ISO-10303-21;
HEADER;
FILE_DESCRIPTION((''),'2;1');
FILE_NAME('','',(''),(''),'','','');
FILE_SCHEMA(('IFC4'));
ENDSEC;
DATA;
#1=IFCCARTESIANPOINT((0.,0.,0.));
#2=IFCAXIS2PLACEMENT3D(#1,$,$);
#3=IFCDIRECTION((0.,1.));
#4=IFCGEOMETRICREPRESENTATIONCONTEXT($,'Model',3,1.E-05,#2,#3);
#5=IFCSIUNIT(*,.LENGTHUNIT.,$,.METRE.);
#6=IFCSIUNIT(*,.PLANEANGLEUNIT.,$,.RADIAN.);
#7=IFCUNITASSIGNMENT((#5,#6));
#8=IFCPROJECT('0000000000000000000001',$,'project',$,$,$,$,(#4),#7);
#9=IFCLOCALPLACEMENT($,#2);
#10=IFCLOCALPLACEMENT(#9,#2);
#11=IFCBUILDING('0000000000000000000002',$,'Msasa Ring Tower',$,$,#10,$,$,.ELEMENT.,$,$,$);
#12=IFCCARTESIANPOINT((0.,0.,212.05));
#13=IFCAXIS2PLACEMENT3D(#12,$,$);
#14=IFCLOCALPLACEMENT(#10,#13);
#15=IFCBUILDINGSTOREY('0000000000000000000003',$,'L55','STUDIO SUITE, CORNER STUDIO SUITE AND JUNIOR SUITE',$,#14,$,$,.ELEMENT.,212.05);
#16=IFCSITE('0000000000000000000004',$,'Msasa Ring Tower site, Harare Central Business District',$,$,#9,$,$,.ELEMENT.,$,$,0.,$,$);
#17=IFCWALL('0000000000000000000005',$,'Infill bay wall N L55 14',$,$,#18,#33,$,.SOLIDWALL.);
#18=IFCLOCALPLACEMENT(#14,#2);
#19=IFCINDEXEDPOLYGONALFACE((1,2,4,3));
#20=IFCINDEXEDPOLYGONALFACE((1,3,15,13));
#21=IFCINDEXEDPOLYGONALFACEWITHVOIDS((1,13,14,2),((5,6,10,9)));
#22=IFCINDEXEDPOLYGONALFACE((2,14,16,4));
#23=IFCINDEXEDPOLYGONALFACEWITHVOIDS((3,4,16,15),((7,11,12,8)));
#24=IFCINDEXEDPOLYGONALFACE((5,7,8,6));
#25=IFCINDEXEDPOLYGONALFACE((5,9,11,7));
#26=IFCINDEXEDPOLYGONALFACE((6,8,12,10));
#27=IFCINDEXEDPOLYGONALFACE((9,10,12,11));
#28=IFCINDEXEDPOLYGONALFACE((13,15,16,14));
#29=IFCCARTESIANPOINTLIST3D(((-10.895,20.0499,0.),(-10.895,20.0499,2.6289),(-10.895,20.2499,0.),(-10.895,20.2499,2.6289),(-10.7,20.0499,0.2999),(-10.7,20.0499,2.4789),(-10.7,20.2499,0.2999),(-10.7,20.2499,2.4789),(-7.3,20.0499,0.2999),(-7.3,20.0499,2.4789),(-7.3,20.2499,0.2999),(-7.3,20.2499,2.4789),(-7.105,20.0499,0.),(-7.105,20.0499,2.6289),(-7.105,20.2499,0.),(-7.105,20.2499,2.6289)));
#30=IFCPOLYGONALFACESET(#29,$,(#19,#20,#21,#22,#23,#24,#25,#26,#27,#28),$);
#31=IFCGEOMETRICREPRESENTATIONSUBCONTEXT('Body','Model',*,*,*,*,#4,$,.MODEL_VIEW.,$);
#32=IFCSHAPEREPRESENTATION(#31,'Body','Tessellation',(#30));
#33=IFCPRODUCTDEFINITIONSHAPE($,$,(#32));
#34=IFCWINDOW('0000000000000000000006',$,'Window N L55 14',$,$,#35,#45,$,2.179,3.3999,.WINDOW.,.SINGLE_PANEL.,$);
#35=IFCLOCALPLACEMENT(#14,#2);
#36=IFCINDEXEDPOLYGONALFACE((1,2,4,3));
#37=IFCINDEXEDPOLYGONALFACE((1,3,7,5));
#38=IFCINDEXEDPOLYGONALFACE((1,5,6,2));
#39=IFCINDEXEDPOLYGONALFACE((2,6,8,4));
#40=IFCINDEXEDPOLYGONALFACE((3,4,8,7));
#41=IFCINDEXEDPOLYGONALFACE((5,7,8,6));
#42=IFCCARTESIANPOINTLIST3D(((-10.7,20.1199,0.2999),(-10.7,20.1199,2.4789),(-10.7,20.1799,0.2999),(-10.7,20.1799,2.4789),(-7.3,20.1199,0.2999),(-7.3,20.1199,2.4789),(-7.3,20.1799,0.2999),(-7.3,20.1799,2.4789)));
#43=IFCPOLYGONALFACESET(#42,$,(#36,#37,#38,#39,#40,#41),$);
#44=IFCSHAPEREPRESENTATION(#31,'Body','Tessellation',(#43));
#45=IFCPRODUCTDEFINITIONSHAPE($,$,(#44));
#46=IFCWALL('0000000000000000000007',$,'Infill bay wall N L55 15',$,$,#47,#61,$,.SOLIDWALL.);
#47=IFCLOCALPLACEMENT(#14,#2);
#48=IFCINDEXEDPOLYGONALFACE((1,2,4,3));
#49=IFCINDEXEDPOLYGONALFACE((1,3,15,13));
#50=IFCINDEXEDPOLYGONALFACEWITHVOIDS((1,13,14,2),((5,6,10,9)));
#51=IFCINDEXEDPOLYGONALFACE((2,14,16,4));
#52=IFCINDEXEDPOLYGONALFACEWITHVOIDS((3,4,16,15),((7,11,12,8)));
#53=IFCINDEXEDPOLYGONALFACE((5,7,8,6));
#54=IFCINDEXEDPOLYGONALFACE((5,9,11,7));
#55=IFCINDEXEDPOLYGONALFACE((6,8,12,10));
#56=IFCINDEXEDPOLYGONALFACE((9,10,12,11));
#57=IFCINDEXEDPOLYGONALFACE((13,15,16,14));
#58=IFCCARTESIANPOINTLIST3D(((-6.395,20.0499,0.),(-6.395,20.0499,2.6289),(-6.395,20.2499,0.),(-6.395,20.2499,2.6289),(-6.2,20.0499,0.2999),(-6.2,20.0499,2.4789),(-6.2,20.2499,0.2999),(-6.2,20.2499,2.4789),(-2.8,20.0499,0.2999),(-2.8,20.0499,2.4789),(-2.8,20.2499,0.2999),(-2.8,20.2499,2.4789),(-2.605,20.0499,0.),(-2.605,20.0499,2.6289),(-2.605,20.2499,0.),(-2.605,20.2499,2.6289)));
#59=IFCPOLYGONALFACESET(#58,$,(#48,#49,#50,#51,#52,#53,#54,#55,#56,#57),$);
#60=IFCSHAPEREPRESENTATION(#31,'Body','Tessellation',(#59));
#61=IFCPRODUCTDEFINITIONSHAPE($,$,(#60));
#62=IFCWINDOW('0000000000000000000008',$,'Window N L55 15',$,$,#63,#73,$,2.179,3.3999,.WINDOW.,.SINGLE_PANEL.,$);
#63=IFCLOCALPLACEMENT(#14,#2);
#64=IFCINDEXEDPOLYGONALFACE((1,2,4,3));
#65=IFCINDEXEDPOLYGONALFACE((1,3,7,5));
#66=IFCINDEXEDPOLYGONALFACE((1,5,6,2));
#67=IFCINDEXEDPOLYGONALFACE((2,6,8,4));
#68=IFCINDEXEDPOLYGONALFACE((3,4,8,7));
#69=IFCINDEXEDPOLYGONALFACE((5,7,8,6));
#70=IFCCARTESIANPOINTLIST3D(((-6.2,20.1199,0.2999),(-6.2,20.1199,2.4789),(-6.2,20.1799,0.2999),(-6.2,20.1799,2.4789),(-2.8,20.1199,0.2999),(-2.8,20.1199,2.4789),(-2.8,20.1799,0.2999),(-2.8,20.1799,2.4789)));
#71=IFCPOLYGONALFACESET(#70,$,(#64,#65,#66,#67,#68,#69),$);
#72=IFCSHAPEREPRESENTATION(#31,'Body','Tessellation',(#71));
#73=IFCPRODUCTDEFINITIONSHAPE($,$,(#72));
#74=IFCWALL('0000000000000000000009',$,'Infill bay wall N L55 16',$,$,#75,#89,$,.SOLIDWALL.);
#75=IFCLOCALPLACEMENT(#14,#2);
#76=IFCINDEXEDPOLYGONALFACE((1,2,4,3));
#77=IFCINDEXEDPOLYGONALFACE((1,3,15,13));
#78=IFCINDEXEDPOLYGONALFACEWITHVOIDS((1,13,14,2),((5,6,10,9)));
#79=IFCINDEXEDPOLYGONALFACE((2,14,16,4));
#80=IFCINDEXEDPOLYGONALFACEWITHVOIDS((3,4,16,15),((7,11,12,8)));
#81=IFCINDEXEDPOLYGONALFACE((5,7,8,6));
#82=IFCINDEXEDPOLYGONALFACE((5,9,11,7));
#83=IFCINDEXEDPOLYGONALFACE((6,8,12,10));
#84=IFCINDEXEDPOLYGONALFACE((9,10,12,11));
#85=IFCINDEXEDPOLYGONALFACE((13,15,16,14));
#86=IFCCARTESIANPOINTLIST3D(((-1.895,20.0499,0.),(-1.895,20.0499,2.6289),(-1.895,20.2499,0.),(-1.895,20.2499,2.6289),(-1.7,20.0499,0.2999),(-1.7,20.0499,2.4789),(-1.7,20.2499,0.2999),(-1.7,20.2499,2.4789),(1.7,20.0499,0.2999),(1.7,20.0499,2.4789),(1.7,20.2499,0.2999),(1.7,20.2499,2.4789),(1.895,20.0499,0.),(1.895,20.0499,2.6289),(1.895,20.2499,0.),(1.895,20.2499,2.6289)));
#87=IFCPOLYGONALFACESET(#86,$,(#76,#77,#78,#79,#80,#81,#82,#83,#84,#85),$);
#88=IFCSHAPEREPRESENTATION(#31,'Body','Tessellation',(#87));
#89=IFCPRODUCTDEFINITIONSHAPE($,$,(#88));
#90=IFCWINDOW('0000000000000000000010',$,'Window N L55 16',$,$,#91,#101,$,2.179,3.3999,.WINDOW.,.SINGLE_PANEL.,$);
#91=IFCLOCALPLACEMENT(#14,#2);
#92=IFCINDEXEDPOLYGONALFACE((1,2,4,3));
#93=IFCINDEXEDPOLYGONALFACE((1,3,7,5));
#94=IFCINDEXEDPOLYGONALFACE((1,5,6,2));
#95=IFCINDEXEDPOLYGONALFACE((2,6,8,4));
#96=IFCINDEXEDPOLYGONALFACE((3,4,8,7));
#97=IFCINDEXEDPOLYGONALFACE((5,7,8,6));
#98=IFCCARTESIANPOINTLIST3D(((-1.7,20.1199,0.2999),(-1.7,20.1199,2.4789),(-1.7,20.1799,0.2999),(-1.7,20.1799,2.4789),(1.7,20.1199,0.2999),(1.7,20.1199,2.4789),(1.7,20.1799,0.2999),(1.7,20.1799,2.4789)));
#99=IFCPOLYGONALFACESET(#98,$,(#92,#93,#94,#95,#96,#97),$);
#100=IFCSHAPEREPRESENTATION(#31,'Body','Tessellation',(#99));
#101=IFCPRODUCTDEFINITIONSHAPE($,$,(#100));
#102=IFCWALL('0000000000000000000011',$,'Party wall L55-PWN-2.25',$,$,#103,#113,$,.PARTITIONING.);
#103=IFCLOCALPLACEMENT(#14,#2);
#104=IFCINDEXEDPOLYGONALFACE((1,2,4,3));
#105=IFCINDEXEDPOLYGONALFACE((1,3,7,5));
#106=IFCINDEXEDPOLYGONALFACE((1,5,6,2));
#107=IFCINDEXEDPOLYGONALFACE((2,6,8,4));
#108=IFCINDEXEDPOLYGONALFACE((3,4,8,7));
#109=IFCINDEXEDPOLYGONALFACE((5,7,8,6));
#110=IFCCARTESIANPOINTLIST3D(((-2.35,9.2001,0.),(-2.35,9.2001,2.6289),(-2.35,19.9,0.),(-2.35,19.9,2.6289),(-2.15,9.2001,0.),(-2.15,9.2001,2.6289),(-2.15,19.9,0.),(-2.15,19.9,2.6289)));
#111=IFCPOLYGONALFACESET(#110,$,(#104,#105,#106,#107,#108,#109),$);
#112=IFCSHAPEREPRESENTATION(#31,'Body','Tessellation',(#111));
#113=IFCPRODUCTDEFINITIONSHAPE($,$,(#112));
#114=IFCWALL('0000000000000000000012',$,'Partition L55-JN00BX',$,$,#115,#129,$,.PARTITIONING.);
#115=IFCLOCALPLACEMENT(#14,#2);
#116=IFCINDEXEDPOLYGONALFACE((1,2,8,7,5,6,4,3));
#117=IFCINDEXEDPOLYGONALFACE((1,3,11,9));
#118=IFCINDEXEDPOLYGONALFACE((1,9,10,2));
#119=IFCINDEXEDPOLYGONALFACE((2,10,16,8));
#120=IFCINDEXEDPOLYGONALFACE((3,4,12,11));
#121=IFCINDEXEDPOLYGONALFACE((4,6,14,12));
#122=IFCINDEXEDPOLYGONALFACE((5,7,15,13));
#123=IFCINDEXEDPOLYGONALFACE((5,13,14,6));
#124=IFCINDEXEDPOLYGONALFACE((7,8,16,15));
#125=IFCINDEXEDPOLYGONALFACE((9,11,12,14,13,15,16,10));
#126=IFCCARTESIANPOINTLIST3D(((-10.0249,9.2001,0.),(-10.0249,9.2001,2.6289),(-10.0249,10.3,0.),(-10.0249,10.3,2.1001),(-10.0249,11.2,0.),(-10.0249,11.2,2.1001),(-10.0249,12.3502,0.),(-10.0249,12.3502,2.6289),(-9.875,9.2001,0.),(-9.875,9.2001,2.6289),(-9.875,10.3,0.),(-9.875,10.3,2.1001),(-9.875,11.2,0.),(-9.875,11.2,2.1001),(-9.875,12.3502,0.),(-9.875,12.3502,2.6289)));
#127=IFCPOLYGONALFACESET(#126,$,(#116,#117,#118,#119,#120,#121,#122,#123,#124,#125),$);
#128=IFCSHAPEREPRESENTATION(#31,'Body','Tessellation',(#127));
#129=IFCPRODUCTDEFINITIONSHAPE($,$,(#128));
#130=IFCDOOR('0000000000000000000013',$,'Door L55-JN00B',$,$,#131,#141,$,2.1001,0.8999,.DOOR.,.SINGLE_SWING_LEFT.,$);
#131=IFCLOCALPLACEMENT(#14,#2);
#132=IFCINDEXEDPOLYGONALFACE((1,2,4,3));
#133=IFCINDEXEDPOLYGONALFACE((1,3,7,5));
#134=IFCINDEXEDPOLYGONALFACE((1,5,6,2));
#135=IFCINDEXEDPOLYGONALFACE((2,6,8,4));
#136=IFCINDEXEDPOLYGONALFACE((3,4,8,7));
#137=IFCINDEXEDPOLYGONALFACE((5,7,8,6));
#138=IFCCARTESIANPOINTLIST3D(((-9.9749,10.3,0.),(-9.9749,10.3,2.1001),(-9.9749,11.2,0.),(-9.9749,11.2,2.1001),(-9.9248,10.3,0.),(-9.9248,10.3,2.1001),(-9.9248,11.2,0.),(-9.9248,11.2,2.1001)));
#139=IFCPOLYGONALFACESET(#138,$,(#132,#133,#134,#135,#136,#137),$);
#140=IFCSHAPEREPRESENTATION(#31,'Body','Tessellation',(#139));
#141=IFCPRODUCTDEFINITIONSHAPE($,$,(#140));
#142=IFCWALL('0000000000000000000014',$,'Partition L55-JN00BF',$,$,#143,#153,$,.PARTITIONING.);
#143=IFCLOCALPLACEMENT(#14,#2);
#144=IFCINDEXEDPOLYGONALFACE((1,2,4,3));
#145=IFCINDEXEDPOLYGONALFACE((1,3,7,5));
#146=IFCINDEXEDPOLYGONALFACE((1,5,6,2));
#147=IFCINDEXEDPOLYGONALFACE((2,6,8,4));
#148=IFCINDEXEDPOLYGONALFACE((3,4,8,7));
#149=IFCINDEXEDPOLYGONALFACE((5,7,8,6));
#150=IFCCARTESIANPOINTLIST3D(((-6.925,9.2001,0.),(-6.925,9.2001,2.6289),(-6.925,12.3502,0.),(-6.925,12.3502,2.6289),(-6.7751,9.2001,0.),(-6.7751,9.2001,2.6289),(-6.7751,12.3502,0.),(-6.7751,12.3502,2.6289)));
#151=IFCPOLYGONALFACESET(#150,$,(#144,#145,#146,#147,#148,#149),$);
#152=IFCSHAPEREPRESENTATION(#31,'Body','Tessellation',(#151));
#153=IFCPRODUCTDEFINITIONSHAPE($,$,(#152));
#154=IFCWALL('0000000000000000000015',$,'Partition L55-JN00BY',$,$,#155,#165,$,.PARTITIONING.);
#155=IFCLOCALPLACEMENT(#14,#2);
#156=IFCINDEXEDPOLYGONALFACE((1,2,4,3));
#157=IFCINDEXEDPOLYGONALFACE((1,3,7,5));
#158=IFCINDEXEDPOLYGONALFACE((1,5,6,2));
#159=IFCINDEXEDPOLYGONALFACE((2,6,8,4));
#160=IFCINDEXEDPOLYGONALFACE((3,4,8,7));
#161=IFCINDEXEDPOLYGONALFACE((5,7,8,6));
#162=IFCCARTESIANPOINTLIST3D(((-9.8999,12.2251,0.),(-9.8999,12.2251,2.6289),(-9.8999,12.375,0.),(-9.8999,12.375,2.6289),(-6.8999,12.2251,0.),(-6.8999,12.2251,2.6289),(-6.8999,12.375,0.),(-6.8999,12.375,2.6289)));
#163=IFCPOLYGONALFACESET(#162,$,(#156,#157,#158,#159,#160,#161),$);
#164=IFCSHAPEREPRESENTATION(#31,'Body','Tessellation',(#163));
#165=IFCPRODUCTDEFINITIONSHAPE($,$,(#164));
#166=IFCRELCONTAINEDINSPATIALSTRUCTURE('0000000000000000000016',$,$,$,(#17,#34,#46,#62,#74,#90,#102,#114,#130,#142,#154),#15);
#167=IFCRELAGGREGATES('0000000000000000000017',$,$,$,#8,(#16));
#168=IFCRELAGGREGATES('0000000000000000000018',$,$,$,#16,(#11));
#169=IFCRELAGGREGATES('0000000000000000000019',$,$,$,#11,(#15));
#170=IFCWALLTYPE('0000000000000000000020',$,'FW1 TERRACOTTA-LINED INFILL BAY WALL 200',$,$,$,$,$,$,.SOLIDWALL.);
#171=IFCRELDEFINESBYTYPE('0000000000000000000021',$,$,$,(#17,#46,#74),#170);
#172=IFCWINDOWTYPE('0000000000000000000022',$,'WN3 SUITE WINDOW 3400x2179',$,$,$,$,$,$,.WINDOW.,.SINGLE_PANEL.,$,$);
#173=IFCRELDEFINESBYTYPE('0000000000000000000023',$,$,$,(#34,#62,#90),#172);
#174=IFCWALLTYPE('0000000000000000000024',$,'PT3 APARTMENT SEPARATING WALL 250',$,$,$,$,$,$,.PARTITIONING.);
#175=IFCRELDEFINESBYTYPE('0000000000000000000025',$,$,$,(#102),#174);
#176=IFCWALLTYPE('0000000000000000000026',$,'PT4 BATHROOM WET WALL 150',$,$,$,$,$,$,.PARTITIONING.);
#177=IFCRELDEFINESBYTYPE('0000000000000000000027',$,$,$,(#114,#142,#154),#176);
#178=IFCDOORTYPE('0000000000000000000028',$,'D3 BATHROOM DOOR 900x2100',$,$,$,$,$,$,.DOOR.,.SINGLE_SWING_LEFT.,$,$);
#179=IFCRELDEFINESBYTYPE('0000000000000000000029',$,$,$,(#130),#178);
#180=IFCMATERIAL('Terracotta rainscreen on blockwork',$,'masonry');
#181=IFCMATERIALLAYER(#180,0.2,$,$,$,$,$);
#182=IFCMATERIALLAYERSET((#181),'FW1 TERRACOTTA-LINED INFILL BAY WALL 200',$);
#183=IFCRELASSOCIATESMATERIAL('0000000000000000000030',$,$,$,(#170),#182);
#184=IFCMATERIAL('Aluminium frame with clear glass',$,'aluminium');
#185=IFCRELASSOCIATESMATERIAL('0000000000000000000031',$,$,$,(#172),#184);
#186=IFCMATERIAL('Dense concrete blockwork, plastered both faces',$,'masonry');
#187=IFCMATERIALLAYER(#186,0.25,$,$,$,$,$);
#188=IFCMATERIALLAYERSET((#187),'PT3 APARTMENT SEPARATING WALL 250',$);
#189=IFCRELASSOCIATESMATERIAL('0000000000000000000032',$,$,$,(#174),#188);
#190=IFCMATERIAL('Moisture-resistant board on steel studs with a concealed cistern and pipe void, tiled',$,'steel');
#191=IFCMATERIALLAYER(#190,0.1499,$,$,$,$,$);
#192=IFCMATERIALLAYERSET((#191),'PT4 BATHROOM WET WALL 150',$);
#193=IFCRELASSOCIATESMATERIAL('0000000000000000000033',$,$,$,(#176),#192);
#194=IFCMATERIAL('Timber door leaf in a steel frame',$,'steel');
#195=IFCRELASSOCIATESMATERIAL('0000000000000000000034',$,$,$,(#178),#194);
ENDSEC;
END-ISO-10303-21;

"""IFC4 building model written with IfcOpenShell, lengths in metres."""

from ifc_helpers import new_model, si_unit, direction, frame, frame_2d, origin, place, context, subcontext, project, spatial, rectangle, extrude, material, layer, layer_set, type_object, element, fill, save


model = new_model("IFC4")

# Units and contexts
model_context = context("Model", 3, precision=1e-05, world=origin(), true_north=direction((0.0, 1.0)))
body_context = subcontext(model_context, "Body", "Model", "MODEL_VIEW")
ifc_project = project(units=[si_unit("LENGTHUNIT", "METRE"), si_unit("PLANEANGLEUNIT", "RADIAN")], contexts=[model_context])

# Site, building, storey
site_placement = place(None, origin())
site = spatial("IfcSite", under=ifc_project, at=site_placement, Name="Msasa Ring Tower site, Harare Central Business District", CompositionType="ELEMENT", RefElevation=0.0)
building_placement = place(site_placement, origin())
building = spatial("IfcBuilding", under=site, at=building_placement, Name="Msasa Ring Tower", CompositionType="ELEMENT")
storey_placement = place(building_placement, frame((0.0, 0.0, 212.05)))
storey = spatial("IfcBuildingStorey", under=building, at=storey_placement, Name="L55", Description="STUDIO SUITE, CORNER STUDIO SUITE AND JUNIOR SUITE", CompositionType="ELEMENT", Elevation=212.05)

# Walls, openings, windows
ifc_material_1 = material(Name="Terracotta rainscreen on blockwork", Category="masonry")
ifc_layer_1 = layer(ifc_material_1, 0.2)
ifc_layer_set_1 = layer_set([ifc_layer_1], Name="FW1 TERRACOTTA-LINED INFILL BAY WALL 200")
wall_type_1 = type_object("IfcWallType", Name="FW1 TERRACOTTA-LINED INFILL BAY WALL 200", PredefinedType="SOLIDWALL", material=ifc_layer_set_1)
wall_1_placement = place(storey_placement, frame((-10.895, 20.1499, 0.0), z_axis=(0.0, 0.0, 1.0), x_axis=(1.0, 0.0, 0.0)))
wall_1 = element("IfcWall", 1, at=wall_1_placement, inside=storey, type_object=wall_type_1, Name="Infill bay wall N L55 14", PredefinedType="SOLIDWALL", context=body_context, shape_type="SweptSolid", body=[
    extrude(rectangle(XDim=3.79, YDim=0.2, at=frame_2d((1.895, 0.0))), origin(), (0.0, 0.0, 1.0), 2.6289),
])
opening_1_placement = place(wall_1_placement, frame((0.1951, 0.0, 0.3)))
opening_1 = element("IfcOpeningElement", 2, at=opening_1_placement, cuts=wall_1, PredefinedType="OPENING", context=body_context, shape_type="SweptSolid", body=[
    extrude(rectangle(XDim=3.3999, YDim=2.179, at=frame_2d((1.7, 1.0894))), frame((0.0, 0.1099, 0.0), z_axis=(0.0, -1.0, 0.0), x_axis=(1.0, 0.0, 0.0)), (0.0, 0.0, 1.0), 0.22),
])
ifc_material_2 = material(Name="Aluminium frame with clear glass", Category="aluminium")
window_type = type_object("IfcWindowType", Name="WN3 SUITE WINDOW 3400x2179", PartitioningType="SINGLE_PANEL", PredefinedType="WINDOW", material=ifc_material_2)
window_1_placement = place(opening_1_placement, origin())
window_1 = element("IfcWindow", 3, at=window_1_placement, inside=storey, type_object=window_type, Name="Window N L55 14", OverallHeight=2.179, OverallWidth=3.3999, PartitioningType="SINGLE_PANEL", PredefinedType="WINDOW", context=body_context, shape_type="SweptSolid", body=[
    extrude(rectangle(XDim=3.3999, YDim=2.179, at=frame_2d((1.7, 1.0894))), frame((0.0, 0.03, 0.0), z_axis=(0.0, -1.0, 0.0), x_axis=(1.0, 0.0, 0.0)), (0.0, 0.0, 1.0), 0.0601),
])
fill(opening_1, window_1)
wall_2_placement = place(storey_placement, frame((-6.395, 20.1499, 0.0), z_axis=(0.0, 0.0, 1.0), x_axis=(1.0, 0.0, 0.0)))
wall_2 = element("IfcWall", 4, at=wall_2_placement, inside=storey, type_object=wall_type_1, Name="Infill bay wall N L55 15", PredefinedType="SOLIDWALL", context=body_context, shape_type="SweptSolid", body=[
    extrude(rectangle(XDim=3.79, YDim=0.2, at=frame_2d((1.895, 0.0))), origin(), (0.0, 0.0, 1.0), 2.6289),
])
opening_2_placement = place(wall_2_placement, frame((0.1951, 0.0, 0.3)))
opening_2 = element("IfcOpeningElement", 5, at=opening_2_placement, cuts=wall_2, PredefinedType="OPENING", context=body_context, shape_type="SweptSolid", body=[
    extrude(rectangle(XDim=3.3999, YDim=2.179, at=frame_2d((1.7, 1.0894))), frame((0.0, 0.1099, 0.0), z_axis=(0.0, -1.0, 0.0), x_axis=(1.0, 0.0, 0.0)), (0.0, 0.0, 1.0), 0.22),
])
window_2_placement = place(opening_2_placement, origin())
window_2 = element("IfcWindow", 6, at=window_2_placement, inside=storey, type_object=window_type, Name="Window N L55 15", OverallHeight=2.179, OverallWidth=3.3999, PartitioningType="SINGLE_PANEL", PredefinedType="WINDOW", context=body_context, shape_type="SweptSolid", body=[
    extrude(rectangle(XDim=3.3999, YDim=2.179, at=frame_2d((1.7, 1.0894))), frame((0.0, 0.03, 0.0), z_axis=(0.0, -1.0, 0.0), x_axis=(1.0, 0.0, 0.0)), (0.0, 0.0, 1.0), 0.0601),
])
fill(opening_2, window_2)
wall_3_placement = place(storey_placement, frame((-1.895, 20.1499, 0.0), z_axis=(0.0, 0.0, 1.0), x_axis=(1.0, 0.0, 0.0)))
wall_3 = element("IfcWall", 7, at=wall_3_placement, inside=storey, type_object=wall_type_1, Name="Infill bay wall N L55 16", PredefinedType="SOLIDWALL", context=body_context, shape_type="SweptSolid", body=[
    extrude(rectangle(XDim=3.79, YDim=0.2, at=frame_2d((1.895, 0.0))), origin(), (0.0, 0.0, 1.0), 2.6289),
])
opening_3_placement = place(wall_3_placement, frame((0.1951, 0.0, 0.3)))
opening_3 = element("IfcOpeningElement", 8, at=opening_3_placement, cuts=wall_3, PredefinedType="OPENING", context=body_context, shape_type="SweptSolid", body=[
    extrude(rectangle(XDim=3.3999, YDim=2.179, at=frame_2d((1.7, 1.0894))), frame((0.0, 0.1099, 0.0), z_axis=(0.0, -1.0, 0.0), x_axis=(1.0, 0.0, 0.0)), (0.0, 0.0, 1.0), 0.22),
])
window_3_placement = place(opening_3_placement, origin())
window_3 = element("IfcWindow", 9, at=window_3_placement, inside=storey, type_object=window_type, Name="Window N L55 16", OverallHeight=2.179, OverallWidth=3.3999, PartitioningType="SINGLE_PANEL", PredefinedType="WINDOW", context=body_context, shape_type="SweptSolid", body=[
    extrude(rectangle(XDim=3.3999, YDim=2.179, at=frame_2d((1.7, 1.0894))), frame((0.0, 0.03, 0.0), z_axis=(0.0, -1.0, 0.0), x_axis=(1.0, 0.0, 0.0)), (0.0, 0.0, 1.0), 0.0601),
])
fill(opening_3, window_3)

# Wall
ifc_material_3 = material(Name="Dense concrete blockwork, plastered both faces", Category="masonry")
ifc_layer_2 = layer(ifc_material_3, 0.25)
ifc_layer_set_2 = layer_set([ifc_layer_2], Name="PT3 APARTMENT SEPARATING WALL 250")
wall_type_2 = type_object("IfcWallType", Name="PT3 APARTMENT SEPARATING WALL 250", PredefinedType="PARTITIONING", material=ifc_layer_set_2)
wall_4_placement = place(storey_placement, frame((-2.25, 9.2, 0.0), z_axis=(0.0, 0.0, 1.0), x_axis=(0.0, 1.0, 0.0)))
element("IfcWall", 10, at=wall_4_placement, inside=storey, type_object=wall_type_2, Name="Party wall L55-PWN-2.25", PredefinedType="PARTITIONING", context=body_context, shape_type="SweptSolid", body=[
    extrude(rectangle(XDim=10.7, YDim=0.2, at=frame_2d((5.3501, 0.0))), origin(), (0.0, 0.0, 1.0), 2.6289),
])

# Wall, opening, door
ifc_material_4 = material(Name="Moisture-resistant board on steel studs with a concealed cistern and pipe void, tiled", Category="steel")
ifc_layer_3 = layer(ifc_material_4, 0.1499)
ifc_layer_set_3 = layer_set([ifc_layer_3], Name="PT4 BATHROOM WET WALL 150")
wall_type_3 = type_object("IfcWallType", Name="PT4 BATHROOM WET WALL 150", PredefinedType="PARTITIONING", material=ifc_layer_set_3)
wall_5_placement = place(storey_placement, frame((-9.95, 9.2, 0.0), z_axis=(0.0, 0.0, 1.0), x_axis=(0.0, 1.0, 0.0)))
wall_5 = element("IfcWall", 11, at=wall_5_placement, inside=storey, type_object=wall_type_3, Name="Partition L55-JN00BX", PredefinedType="PARTITIONING", context=body_context, shape_type="SweptSolid", body=[
    extrude(rectangle(XDim=3.1501, YDim=0.1499, at=frame_2d((1.5752, 0.0))), origin(), (0.0, 0.0, 1.0), 2.6289),
])
opening_4_placement = place(wall_5_placement, frame((1.1001, 0.0, 0.0)))
opening_4 = element("IfcOpeningElement", 12, at=opening_4_placement, cuts=wall_5, PredefinedType="OPENING", context=body_context, shape_type="SweptSolid", body=[
    extrude(rectangle(XDim=0.8999, YDim=2.1001, at=frame_2d((0.45, 1.05))), frame((0.0, 0.085, 0.0), z_axis=(0.0, -1.0, 0.0), x_axis=(1.0, 0.0, 0.0)), (0.0, 0.0, 1.0), 0.1699),
])
ifc_material_5 = material(Name="Timber door leaf in a steel frame", Category="steel")
door_type = type_object("IfcDoorType", Name="D3 BATHROOM DOOR 900x2100", OperationType="SINGLE_SWING_LEFT", PredefinedType="DOOR", material=ifc_material_5)
door_1_placement = place(opening_4_placement, origin())
door_1 = element("IfcDoor", 13, at=door_1_placement, inside=storey, type_object=door_type, Name="Door L55-JN00B", OperationType="SINGLE_SWING_LEFT", OverallHeight=2.1001, OverallWidth=0.8999, PredefinedType="DOOR", context=body_context, shape_type="SweptSolid", body=[
    extrude(rectangle(XDim=0.8999, YDim=2.1001, at=frame_2d((0.45, 1.05))), frame((0.0, 0.0249, 0.0), z_axis=(0.0, -1.0, 0.0), x_axis=(1.0, 0.0, 0.0)), (0.0, 0.0, 1.0), 0.05),
])
fill(opening_4, door_1)

# Walls
wall_6_placement = place(storey_placement, frame((-6.8501, 9.2, 0.0), z_axis=(0.0, 0.0, 1.0), x_axis=(0.0, 1.0, 0.0)))
element("IfcWall", 14, at=wall_6_placement, inside=storey, type_object=wall_type_3, Name="Partition L55-JN00BF", PredefinedType="PARTITIONING", context=body_context, shape_type="SweptSolid", body=[
    extrude(rectangle(XDim=3.1501, YDim=0.1499, at=frame_2d((1.5752, 0.0))), origin(), (0.0, 0.0, 1.0), 2.6289),
])
wall_7_placement = place(storey_placement, frame((-9.8999, 12.3, 0.0), z_axis=(0.0, 0.0, 1.0), x_axis=(1.0, 0.0, 0.0)))
element("IfcWall", 15, at=wall_7_placement, inside=storey, type_object=wall_type_3, Name="Partition L55-JN00BY", PredefinedType="PARTITIONING", context=body_context, shape_type="SweptSolid", body=[
    extrude(rectangle(XDim=3.0, YDim=0.1499, at=frame_2d((1.5, 0.0))), origin(), (0.0, 0.0, 1.0), 2.6289),
])

save(model, "model.ifc")
